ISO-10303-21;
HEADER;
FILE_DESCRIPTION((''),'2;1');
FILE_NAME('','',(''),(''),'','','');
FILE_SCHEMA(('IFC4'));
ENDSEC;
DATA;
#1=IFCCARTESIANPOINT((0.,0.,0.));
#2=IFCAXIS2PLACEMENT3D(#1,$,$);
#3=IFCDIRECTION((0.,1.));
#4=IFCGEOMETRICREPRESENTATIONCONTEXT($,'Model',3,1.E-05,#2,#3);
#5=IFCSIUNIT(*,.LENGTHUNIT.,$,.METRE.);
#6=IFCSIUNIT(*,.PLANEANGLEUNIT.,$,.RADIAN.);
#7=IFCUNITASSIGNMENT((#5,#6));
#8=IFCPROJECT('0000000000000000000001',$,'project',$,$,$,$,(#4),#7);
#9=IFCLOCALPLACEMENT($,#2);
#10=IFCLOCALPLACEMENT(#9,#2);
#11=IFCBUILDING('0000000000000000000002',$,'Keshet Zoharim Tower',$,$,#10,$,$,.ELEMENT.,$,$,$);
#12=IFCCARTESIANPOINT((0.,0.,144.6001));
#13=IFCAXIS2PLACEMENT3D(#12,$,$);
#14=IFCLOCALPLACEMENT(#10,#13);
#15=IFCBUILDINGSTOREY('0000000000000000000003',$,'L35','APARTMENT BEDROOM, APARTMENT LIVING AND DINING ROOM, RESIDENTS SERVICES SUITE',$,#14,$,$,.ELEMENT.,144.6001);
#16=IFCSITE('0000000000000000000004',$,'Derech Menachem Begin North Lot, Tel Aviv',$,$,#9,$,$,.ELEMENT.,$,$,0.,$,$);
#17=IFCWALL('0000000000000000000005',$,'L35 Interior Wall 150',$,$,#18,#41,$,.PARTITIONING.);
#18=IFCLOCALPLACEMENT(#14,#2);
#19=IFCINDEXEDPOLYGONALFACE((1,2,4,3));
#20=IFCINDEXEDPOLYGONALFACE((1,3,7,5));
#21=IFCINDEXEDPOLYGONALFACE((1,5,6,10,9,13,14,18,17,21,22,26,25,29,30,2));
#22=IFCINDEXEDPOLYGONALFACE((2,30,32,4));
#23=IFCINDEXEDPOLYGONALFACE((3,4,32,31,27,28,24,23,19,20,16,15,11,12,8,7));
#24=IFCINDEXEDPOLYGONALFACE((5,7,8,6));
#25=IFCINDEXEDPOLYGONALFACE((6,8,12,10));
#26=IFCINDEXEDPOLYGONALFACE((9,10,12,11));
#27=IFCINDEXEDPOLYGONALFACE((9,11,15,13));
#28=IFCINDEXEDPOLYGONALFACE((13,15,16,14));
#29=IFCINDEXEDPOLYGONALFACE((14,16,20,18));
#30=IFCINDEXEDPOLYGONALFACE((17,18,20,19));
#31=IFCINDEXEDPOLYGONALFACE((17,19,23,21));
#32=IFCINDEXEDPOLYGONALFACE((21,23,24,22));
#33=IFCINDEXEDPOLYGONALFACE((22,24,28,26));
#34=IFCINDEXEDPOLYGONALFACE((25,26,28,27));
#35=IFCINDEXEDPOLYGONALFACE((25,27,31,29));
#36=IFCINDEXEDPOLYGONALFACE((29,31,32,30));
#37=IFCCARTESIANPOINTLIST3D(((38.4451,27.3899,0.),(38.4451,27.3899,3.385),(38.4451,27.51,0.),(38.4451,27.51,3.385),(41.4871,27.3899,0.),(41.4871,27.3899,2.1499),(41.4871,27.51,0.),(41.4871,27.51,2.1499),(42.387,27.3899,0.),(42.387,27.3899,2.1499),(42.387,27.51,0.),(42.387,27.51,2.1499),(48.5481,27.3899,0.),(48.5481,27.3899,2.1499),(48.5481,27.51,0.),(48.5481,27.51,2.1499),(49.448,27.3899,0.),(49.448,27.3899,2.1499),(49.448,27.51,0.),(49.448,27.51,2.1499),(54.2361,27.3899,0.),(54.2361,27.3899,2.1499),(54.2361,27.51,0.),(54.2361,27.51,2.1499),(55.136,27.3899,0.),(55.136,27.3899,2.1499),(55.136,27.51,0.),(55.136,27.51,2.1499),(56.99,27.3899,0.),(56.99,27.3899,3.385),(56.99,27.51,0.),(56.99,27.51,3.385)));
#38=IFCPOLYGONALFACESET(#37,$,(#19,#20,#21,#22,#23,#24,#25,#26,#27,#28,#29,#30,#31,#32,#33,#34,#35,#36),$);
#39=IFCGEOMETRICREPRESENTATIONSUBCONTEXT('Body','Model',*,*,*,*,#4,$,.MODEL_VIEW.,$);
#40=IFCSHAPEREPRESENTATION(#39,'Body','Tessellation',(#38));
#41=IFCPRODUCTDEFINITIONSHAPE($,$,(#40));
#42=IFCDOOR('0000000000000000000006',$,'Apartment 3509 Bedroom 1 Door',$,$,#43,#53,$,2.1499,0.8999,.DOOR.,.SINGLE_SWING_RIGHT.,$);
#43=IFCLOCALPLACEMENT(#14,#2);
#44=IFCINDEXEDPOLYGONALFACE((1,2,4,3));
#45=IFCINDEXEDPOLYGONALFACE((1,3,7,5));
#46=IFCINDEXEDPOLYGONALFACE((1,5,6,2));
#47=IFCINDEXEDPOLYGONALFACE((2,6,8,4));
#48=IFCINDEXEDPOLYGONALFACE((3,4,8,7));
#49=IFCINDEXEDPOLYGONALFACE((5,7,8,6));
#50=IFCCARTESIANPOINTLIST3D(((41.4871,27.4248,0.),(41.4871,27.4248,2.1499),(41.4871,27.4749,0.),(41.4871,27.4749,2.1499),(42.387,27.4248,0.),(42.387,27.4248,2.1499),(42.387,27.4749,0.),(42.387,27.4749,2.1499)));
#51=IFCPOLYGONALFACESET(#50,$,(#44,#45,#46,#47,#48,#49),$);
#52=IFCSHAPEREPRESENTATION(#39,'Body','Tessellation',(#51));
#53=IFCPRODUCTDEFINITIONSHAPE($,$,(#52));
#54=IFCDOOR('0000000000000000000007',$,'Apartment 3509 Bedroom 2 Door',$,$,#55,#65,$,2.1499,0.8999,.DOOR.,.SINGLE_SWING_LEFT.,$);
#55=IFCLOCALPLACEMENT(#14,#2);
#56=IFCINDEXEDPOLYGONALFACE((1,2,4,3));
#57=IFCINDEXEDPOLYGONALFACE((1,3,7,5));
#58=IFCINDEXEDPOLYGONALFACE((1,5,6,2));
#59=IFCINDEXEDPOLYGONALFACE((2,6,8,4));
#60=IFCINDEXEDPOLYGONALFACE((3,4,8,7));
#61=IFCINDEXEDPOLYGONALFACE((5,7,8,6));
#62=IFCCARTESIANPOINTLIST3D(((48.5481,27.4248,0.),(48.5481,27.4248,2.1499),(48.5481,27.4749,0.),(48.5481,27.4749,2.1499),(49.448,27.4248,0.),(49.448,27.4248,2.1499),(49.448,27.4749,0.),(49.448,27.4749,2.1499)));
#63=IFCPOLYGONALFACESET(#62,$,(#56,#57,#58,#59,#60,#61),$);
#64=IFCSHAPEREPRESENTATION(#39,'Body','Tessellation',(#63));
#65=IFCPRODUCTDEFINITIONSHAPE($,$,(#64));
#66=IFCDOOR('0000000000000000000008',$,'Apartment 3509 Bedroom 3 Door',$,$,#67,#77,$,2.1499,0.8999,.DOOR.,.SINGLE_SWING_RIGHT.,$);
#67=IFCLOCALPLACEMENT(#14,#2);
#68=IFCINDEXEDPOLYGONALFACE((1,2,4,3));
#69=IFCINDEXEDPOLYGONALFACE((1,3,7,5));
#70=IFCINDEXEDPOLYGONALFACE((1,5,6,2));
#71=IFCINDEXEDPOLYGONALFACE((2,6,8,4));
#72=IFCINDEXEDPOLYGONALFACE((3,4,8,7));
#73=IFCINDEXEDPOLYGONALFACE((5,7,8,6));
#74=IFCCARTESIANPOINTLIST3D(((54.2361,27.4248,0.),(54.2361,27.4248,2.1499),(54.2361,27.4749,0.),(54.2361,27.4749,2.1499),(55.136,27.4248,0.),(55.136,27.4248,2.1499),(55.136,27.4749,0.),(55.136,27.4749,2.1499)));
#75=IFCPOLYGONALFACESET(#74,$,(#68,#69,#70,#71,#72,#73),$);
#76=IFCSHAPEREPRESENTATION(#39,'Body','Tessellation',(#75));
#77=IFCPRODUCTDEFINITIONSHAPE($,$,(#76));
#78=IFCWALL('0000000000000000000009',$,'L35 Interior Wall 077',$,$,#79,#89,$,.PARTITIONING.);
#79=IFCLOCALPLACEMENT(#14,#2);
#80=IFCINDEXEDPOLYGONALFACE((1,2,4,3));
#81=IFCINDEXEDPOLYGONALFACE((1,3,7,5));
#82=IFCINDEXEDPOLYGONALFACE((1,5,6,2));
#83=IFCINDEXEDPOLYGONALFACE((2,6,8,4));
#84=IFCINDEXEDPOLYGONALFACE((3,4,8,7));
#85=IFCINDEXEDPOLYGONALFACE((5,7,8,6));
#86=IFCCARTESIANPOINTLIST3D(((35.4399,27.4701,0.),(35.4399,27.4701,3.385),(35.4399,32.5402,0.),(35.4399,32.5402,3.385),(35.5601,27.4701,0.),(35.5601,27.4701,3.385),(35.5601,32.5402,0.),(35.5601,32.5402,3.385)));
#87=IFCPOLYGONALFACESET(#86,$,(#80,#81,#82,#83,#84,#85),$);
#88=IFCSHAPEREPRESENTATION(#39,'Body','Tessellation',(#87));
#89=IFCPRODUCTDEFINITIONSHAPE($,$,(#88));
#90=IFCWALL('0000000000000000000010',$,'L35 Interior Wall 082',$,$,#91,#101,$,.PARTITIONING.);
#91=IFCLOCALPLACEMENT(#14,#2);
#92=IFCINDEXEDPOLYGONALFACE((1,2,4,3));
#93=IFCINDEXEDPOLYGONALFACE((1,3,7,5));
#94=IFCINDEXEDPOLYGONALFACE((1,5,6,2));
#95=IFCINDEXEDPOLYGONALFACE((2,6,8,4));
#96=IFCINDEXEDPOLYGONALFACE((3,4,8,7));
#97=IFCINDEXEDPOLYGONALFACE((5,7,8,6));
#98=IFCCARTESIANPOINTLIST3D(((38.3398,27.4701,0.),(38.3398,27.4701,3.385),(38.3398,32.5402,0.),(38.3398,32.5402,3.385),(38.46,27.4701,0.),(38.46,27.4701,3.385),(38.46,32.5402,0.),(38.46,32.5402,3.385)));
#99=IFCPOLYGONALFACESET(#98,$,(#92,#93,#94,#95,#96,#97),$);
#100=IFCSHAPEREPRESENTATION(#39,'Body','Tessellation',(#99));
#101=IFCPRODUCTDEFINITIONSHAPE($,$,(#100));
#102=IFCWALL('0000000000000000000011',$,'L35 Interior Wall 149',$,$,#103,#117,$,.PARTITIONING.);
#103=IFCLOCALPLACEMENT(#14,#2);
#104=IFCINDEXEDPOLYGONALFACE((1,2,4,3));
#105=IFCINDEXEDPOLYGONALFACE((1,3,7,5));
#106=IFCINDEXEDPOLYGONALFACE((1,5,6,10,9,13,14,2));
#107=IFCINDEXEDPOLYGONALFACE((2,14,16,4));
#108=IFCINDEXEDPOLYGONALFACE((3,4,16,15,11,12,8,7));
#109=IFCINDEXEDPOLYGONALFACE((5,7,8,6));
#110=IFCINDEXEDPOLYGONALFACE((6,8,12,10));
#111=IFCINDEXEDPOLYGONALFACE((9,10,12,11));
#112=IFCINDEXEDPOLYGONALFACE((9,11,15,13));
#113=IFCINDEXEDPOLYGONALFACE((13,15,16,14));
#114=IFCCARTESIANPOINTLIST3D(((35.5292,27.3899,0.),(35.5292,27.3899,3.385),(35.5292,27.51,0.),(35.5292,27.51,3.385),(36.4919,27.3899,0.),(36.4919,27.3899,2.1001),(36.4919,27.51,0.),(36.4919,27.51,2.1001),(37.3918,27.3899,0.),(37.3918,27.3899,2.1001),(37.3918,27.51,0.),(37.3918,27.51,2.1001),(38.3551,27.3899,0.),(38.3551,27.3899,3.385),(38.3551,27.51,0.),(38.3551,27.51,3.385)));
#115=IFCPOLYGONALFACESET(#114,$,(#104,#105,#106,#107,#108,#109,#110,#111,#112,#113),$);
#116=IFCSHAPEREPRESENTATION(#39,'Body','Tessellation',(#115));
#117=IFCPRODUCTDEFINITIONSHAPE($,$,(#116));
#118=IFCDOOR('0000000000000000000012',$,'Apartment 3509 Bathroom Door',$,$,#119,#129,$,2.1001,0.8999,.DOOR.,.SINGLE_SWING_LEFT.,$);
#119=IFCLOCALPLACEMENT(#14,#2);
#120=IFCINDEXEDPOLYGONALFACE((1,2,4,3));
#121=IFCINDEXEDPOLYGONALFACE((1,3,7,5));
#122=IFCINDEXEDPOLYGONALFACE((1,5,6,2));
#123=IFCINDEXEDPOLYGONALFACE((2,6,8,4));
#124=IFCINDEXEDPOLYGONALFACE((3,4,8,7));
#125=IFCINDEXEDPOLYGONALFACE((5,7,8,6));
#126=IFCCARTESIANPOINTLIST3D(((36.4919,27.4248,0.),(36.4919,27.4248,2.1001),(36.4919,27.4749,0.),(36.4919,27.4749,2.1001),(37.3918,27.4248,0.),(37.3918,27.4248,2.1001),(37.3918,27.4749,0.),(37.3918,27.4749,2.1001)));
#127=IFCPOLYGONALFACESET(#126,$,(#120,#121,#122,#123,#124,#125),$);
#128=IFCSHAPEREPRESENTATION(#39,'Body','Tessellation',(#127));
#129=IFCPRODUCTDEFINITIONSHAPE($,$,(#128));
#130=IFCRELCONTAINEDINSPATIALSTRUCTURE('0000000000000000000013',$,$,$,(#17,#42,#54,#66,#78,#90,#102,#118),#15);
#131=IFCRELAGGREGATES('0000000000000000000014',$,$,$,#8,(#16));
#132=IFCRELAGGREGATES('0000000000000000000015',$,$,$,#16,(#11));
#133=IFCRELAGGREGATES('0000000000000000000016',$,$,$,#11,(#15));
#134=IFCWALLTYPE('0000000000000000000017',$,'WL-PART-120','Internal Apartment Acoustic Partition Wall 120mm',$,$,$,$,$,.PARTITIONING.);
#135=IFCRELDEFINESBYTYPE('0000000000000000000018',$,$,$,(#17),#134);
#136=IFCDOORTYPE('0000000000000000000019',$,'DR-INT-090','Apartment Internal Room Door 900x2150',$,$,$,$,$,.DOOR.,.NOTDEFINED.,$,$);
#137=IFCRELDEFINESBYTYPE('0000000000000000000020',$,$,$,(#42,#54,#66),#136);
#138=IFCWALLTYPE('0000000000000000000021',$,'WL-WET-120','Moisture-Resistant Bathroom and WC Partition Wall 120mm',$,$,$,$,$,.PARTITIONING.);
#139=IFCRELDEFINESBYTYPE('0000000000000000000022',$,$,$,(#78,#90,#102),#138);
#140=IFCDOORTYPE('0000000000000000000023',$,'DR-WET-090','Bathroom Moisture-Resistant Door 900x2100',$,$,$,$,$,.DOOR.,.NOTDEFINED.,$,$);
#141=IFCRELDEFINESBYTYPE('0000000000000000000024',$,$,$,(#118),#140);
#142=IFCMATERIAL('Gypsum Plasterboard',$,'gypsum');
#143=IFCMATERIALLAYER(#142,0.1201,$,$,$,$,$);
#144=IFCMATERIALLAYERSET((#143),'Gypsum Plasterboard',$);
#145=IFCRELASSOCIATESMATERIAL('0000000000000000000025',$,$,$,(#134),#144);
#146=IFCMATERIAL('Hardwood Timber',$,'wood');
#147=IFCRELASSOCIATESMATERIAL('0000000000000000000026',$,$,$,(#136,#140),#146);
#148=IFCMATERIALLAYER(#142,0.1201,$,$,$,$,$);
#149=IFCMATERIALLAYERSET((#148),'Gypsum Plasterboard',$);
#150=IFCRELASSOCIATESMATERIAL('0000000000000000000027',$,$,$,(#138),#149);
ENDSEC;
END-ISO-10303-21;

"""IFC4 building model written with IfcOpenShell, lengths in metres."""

from ifc_helpers import new_model, si_unit, direction, frame, frame_2d, origin, place, context, subcontext, project, spatial, rectangle, extrude, material, layer, layer_set, type_object, element, fill, save


model = new_model("IFC4")

# Units and contexts
model_context = context("Model", 3, precision=1e-05, world=origin(), true_north=direction((0.0, 1.0)))
body_context = subcontext(model_context, "Body", "Model", "MODEL_VIEW")
ifc_project = project(units=[si_unit("LENGTHUNIT", "METRE"), si_unit("PLANEANGLEUNIT", "RADIAN")], contexts=[model_context])

# Site, building, storey
site_placement = place(None, origin())
site = spatial("IfcSite", under=ifc_project, at=site_placement, Name="Derech Menachem Begin North Lot, Tel Aviv", CompositionType="ELEMENT", RefElevation=0.0)
building_placement = place(site_placement, origin())
building = spatial("IfcBuilding", under=site, at=building_placement, Name="Keshet Zoharim Tower", CompositionType="ELEMENT")
storey_placement = place(building_placement, frame((0.0, 0.0, 144.6001)))
storey = spatial("IfcBuildingStorey", under=building, at=storey_placement, Name="L35", Description="APARTMENT BEDROOM, APARTMENT LIVING AND DINING ROOM, RESIDENTS SERVICES SUITE", CompositionType="ELEMENT", Elevation=144.6001)

# Shared definitions
ifc_material_1 = material(Name="Hardwood Timber", Category="wood")

# Shared definitions
ifc_material_2 = material(Name="Gypsum Plasterboard", Category="gypsum")

# Shared definitions
ifc_layer_1 = layer(ifc_material_2, 0.1201)
ifc_layer_set_1 = layer_set([ifc_layer_1], Name="Gypsum Plasterboard")
wall_type_1 = type_object("IfcWallType", Name="WL-PART-120", Description="Internal Apartment Acoustic Partition Wall 120mm", PredefinedType="PARTITIONING", material=ifc_layer_set_1)
door_type_1 = type_object("IfcDoorType", Name="DR-INT-090", Description="Apartment Internal Room Door 900x2150", OperationType="NOTDEFINED", PredefinedType="DOOR", material=ifc_material_1)

# Wall, openings, doors
wall_1_placement = place(storey_placement, frame((38.4451, 27.45, 0.0), z_axis=(0.0, 0.0, 1.0), x_axis=(1.0, 0.0, 0.0)))
wall_1 = element("IfcWall", 1, at=wall_1_placement, inside=storey, type_object=wall_type_1, Name="L35 Interior Wall 150", PredefinedType="PARTITIONING", context=body_context, shape_type="SweptSolid", body=[
    extrude(rectangle(XDim=18.5449, YDim=0.1201, at=frame_2d((9.2725, 0.0))), origin(), (0.0, 0.0, 1.0), 3.385),
])
opening_1_placement = place(wall_1_placement, frame((3.042, 0.0, 0.0)))
opening_1 = element("IfcOpeningElement", 2, at=opening_1_placement, cuts=wall_1, PredefinedType="OPENING", context=body_context, shape_type="SweptSolid", body=[
    extrude(rectangle(XDim=0.8999, YDim=2.1499, at=frame_2d((0.45, 1.075))), frame((0.0, 0.0701, 0.0), z_axis=(0.0, -1.0, 0.0), x_axis=(1.0, 0.0, 0.0)), (0.0, 0.0, 1.0), 0.1401),
])
opening_2_placement = place(wall_1_placement, frame((10.103, 0.0, 0.0)))
opening_2 = element("IfcOpeningElement", 3, at=opening_2_placement, cuts=wall_1, PredefinedType="OPENING", context=body_context, shape_type="SweptSolid", body=[
    extrude(rectangle(XDim=0.8999, YDim=2.1499, at=frame_2d((0.45, 1.075))), frame((0.0, 0.0701, 0.0), z_axis=(0.0, -1.0, 0.0), x_axis=(1.0, 0.0, 0.0)), (0.0, 0.0, 1.0), 0.1401),
])
opening_3_placement = place(wall_1_placement, frame((15.791, 0.0, 0.0)))
opening_3 = element("IfcOpeningElement", 4, at=opening_3_placement, cuts=wall_1, PredefinedType="OPENING", context=body_context, shape_type="SweptSolid", body=[
    extrude(rectangle(XDim=0.8999, YDim=2.1499, at=frame_2d((0.45, 1.075))), frame((0.0, 0.0701, 0.0), z_axis=(0.0, -1.0, 0.0), x_axis=(1.0, 0.0, 0.0)), (0.0, 0.0, 1.0), 0.1401),
])
door_1_placement = place(opening_1_placement, origin())
door_1 = element("IfcDoor", 5, at=door_1_placement, inside=storey, type_object=door_type_1, Name="Apartment 3509 Bedroom 1 Door", OperationType="SINGLE_SWING_RIGHT", OverallHeight=2.1499, OverallWidth=0.8999, PredefinedType="DOOR", context=body_context, shape_type="SweptSolid", body=[
    extrude(rectangle(XDim=0.8999, YDim=2.1499, at=frame_2d((0.45, 1.075))), frame((0.0, 0.0249, 0.0), z_axis=(0.0, -1.0, 0.0), x_axis=(1.0, 0.0, 0.0)), (0.0, 0.0, 1.0), 0.05),
])
fill(opening_1, door_1)
door_2_placement = place(opening_2_placement, origin())
door_2 = element("IfcDoor", 6, at=door_2_placement, inside=storey, type_object=door_type_1, Name="Apartment 3509 Bedroom 2 Door", OperationType="SINGLE_SWING_LEFT", OverallHeight=2.1499, OverallWidth=0.8999, PredefinedType="DOOR", context=body_context, shape_type="SweptSolid", body=[
    extrude(rectangle(XDim=0.8999, YDim=2.1499, at=frame_2d((0.45, 1.075))), frame((0.0, 0.0249, 0.0), z_axis=(0.0, -1.0, 0.0), x_axis=(1.0, 0.0, 0.0)), (0.0, 0.0, 1.0), 0.05),
])
fill(opening_2, door_2)
door_3_placement = place(opening_3_placement, origin())
door_3 = element("IfcDoor", 7, at=door_3_placement, inside=storey, type_object=door_type_1, Name="Apartment 3509 Bedroom 3 Door", OperationType="SINGLE_SWING_RIGHT", OverallHeight=2.1499, OverallWidth=0.8999, PredefinedType="DOOR", context=body_context, shape_type="SweptSolid", body=[
    extrude(rectangle(XDim=0.8999, YDim=2.1499, at=frame_2d((0.45, 1.075))), frame((0.0, 0.0249, 0.0), z_axis=(0.0, -1.0, 0.0), x_axis=(1.0, 0.0, 0.0)), (0.0, 0.0, 1.0), 0.05),
])
fill(opening_3, door_3)

# Walls
ifc_layer_2 = layer(ifc_material_2, 0.1201)
ifc_layer_set_2 = layer_set([ifc_layer_2], Name="Gypsum Plasterboard")
wall_type_2 = type_object("IfcWallType", Name="WL-WET-120", Description="Moisture-Resistant Bathroom and WC Partition Wall 120mm", PredefinedType="PARTITIONING", material=ifc_layer_set_2)
for number, where, z_axis, x_axis, name in (
    (8, (35.5, 27.47, 0.0), (0.0, 0.0, 1.0), (0.0, 1.0, 0.0), "L35 Interior Wall 077"),
    (9, (38.3999, 27.47, 0.0), (0.0, 0.0, 1.0), (0.0, 1.0, 0.0), "L35 Interior Wall 082"),
):
    element("IfcWall", number, at=place(storey_placement, frame(where, z_axis=z_axis, x_axis=x_axis)), inside=storey, type_object=wall_type_2, Name=name, PredefinedType="PARTITIONING", context=body_context, shape_type="SweptSolid", body=[
        extrude(rectangle(XDim=5.0701, YDim=0.1201, at=frame_2d((2.5352, 0.0))), origin(), (0.0, 0.0, 1.0), 3.385),
    ])

# Wall, opening, door
wall_2_placement = place(storey_placement, frame((35.5291, 27.45, 0.0), z_axis=(0.0, 0.0, 1.0), x_axis=(1.0, 0.0, 0.0)))
wall_2 = element("IfcWall", 10, at=wall_2_placement, inside=storey, type_object=wall_type_2, Name="L35 Interior Wall 149", PredefinedType="PARTITIONING", context=body_context, shape_type="SweptSolid", body=[
    extrude(rectangle(XDim=2.8259, YDim=0.1201, at=frame_2d((1.4131, 0.0))), origin(), (0.0, 0.0, 1.0), 3.385),
])
opening_4_placement = place(wall_2_placement, frame((0.9629, 0.0, 0.0)))
opening_4 = element("IfcOpeningElement", 11, at=opening_4_placement, cuts=wall_2, PredefinedType="OPENING", context=body_context, shape_type="SweptSolid", body=[
    extrude(rectangle(XDim=0.8999, YDim=2.1001, at=frame_2d((0.45, 1.05))), frame((0.0, 0.0701, 0.0), z_axis=(0.0, -1.0, 0.0), x_axis=(1.0, 0.0, 0.0)), (0.0, 0.0, 1.0), 0.1401),
])
door_type_2 = type_object("IfcDoorType", Name="DR-WET-090", Description="Bathroom Moisture-Resistant Door 900x2100", OperationType="NOTDEFINED", PredefinedType="DOOR", material=ifc_material_1)
door_4_placement = place(opening_4_placement, origin())
door_4 = element("IfcDoor", 12, at=door_4_placement, inside=storey, type_object=door_type_2, Name="Apartment 3509 Bathroom Door", OperationType="SINGLE_SWING_LEFT", OverallHeight=2.1001, OverallWidth=0.8999, PredefinedType="DOOR", context=body_context, shape_type="SweptSolid", body=[
    extrude(rectangle(XDim=0.8999, YDim=2.1001, at=frame_2d((0.45, 1.05))), frame((0.0, 0.0249, 0.0), z_axis=(0.0, -1.0, 0.0), x_axis=(1.0, 0.0, 0.0)), (0.0, 0.0, 1.0), 0.05),
])
fill(opening_4, door_4)

save(model, "model.ifc")
